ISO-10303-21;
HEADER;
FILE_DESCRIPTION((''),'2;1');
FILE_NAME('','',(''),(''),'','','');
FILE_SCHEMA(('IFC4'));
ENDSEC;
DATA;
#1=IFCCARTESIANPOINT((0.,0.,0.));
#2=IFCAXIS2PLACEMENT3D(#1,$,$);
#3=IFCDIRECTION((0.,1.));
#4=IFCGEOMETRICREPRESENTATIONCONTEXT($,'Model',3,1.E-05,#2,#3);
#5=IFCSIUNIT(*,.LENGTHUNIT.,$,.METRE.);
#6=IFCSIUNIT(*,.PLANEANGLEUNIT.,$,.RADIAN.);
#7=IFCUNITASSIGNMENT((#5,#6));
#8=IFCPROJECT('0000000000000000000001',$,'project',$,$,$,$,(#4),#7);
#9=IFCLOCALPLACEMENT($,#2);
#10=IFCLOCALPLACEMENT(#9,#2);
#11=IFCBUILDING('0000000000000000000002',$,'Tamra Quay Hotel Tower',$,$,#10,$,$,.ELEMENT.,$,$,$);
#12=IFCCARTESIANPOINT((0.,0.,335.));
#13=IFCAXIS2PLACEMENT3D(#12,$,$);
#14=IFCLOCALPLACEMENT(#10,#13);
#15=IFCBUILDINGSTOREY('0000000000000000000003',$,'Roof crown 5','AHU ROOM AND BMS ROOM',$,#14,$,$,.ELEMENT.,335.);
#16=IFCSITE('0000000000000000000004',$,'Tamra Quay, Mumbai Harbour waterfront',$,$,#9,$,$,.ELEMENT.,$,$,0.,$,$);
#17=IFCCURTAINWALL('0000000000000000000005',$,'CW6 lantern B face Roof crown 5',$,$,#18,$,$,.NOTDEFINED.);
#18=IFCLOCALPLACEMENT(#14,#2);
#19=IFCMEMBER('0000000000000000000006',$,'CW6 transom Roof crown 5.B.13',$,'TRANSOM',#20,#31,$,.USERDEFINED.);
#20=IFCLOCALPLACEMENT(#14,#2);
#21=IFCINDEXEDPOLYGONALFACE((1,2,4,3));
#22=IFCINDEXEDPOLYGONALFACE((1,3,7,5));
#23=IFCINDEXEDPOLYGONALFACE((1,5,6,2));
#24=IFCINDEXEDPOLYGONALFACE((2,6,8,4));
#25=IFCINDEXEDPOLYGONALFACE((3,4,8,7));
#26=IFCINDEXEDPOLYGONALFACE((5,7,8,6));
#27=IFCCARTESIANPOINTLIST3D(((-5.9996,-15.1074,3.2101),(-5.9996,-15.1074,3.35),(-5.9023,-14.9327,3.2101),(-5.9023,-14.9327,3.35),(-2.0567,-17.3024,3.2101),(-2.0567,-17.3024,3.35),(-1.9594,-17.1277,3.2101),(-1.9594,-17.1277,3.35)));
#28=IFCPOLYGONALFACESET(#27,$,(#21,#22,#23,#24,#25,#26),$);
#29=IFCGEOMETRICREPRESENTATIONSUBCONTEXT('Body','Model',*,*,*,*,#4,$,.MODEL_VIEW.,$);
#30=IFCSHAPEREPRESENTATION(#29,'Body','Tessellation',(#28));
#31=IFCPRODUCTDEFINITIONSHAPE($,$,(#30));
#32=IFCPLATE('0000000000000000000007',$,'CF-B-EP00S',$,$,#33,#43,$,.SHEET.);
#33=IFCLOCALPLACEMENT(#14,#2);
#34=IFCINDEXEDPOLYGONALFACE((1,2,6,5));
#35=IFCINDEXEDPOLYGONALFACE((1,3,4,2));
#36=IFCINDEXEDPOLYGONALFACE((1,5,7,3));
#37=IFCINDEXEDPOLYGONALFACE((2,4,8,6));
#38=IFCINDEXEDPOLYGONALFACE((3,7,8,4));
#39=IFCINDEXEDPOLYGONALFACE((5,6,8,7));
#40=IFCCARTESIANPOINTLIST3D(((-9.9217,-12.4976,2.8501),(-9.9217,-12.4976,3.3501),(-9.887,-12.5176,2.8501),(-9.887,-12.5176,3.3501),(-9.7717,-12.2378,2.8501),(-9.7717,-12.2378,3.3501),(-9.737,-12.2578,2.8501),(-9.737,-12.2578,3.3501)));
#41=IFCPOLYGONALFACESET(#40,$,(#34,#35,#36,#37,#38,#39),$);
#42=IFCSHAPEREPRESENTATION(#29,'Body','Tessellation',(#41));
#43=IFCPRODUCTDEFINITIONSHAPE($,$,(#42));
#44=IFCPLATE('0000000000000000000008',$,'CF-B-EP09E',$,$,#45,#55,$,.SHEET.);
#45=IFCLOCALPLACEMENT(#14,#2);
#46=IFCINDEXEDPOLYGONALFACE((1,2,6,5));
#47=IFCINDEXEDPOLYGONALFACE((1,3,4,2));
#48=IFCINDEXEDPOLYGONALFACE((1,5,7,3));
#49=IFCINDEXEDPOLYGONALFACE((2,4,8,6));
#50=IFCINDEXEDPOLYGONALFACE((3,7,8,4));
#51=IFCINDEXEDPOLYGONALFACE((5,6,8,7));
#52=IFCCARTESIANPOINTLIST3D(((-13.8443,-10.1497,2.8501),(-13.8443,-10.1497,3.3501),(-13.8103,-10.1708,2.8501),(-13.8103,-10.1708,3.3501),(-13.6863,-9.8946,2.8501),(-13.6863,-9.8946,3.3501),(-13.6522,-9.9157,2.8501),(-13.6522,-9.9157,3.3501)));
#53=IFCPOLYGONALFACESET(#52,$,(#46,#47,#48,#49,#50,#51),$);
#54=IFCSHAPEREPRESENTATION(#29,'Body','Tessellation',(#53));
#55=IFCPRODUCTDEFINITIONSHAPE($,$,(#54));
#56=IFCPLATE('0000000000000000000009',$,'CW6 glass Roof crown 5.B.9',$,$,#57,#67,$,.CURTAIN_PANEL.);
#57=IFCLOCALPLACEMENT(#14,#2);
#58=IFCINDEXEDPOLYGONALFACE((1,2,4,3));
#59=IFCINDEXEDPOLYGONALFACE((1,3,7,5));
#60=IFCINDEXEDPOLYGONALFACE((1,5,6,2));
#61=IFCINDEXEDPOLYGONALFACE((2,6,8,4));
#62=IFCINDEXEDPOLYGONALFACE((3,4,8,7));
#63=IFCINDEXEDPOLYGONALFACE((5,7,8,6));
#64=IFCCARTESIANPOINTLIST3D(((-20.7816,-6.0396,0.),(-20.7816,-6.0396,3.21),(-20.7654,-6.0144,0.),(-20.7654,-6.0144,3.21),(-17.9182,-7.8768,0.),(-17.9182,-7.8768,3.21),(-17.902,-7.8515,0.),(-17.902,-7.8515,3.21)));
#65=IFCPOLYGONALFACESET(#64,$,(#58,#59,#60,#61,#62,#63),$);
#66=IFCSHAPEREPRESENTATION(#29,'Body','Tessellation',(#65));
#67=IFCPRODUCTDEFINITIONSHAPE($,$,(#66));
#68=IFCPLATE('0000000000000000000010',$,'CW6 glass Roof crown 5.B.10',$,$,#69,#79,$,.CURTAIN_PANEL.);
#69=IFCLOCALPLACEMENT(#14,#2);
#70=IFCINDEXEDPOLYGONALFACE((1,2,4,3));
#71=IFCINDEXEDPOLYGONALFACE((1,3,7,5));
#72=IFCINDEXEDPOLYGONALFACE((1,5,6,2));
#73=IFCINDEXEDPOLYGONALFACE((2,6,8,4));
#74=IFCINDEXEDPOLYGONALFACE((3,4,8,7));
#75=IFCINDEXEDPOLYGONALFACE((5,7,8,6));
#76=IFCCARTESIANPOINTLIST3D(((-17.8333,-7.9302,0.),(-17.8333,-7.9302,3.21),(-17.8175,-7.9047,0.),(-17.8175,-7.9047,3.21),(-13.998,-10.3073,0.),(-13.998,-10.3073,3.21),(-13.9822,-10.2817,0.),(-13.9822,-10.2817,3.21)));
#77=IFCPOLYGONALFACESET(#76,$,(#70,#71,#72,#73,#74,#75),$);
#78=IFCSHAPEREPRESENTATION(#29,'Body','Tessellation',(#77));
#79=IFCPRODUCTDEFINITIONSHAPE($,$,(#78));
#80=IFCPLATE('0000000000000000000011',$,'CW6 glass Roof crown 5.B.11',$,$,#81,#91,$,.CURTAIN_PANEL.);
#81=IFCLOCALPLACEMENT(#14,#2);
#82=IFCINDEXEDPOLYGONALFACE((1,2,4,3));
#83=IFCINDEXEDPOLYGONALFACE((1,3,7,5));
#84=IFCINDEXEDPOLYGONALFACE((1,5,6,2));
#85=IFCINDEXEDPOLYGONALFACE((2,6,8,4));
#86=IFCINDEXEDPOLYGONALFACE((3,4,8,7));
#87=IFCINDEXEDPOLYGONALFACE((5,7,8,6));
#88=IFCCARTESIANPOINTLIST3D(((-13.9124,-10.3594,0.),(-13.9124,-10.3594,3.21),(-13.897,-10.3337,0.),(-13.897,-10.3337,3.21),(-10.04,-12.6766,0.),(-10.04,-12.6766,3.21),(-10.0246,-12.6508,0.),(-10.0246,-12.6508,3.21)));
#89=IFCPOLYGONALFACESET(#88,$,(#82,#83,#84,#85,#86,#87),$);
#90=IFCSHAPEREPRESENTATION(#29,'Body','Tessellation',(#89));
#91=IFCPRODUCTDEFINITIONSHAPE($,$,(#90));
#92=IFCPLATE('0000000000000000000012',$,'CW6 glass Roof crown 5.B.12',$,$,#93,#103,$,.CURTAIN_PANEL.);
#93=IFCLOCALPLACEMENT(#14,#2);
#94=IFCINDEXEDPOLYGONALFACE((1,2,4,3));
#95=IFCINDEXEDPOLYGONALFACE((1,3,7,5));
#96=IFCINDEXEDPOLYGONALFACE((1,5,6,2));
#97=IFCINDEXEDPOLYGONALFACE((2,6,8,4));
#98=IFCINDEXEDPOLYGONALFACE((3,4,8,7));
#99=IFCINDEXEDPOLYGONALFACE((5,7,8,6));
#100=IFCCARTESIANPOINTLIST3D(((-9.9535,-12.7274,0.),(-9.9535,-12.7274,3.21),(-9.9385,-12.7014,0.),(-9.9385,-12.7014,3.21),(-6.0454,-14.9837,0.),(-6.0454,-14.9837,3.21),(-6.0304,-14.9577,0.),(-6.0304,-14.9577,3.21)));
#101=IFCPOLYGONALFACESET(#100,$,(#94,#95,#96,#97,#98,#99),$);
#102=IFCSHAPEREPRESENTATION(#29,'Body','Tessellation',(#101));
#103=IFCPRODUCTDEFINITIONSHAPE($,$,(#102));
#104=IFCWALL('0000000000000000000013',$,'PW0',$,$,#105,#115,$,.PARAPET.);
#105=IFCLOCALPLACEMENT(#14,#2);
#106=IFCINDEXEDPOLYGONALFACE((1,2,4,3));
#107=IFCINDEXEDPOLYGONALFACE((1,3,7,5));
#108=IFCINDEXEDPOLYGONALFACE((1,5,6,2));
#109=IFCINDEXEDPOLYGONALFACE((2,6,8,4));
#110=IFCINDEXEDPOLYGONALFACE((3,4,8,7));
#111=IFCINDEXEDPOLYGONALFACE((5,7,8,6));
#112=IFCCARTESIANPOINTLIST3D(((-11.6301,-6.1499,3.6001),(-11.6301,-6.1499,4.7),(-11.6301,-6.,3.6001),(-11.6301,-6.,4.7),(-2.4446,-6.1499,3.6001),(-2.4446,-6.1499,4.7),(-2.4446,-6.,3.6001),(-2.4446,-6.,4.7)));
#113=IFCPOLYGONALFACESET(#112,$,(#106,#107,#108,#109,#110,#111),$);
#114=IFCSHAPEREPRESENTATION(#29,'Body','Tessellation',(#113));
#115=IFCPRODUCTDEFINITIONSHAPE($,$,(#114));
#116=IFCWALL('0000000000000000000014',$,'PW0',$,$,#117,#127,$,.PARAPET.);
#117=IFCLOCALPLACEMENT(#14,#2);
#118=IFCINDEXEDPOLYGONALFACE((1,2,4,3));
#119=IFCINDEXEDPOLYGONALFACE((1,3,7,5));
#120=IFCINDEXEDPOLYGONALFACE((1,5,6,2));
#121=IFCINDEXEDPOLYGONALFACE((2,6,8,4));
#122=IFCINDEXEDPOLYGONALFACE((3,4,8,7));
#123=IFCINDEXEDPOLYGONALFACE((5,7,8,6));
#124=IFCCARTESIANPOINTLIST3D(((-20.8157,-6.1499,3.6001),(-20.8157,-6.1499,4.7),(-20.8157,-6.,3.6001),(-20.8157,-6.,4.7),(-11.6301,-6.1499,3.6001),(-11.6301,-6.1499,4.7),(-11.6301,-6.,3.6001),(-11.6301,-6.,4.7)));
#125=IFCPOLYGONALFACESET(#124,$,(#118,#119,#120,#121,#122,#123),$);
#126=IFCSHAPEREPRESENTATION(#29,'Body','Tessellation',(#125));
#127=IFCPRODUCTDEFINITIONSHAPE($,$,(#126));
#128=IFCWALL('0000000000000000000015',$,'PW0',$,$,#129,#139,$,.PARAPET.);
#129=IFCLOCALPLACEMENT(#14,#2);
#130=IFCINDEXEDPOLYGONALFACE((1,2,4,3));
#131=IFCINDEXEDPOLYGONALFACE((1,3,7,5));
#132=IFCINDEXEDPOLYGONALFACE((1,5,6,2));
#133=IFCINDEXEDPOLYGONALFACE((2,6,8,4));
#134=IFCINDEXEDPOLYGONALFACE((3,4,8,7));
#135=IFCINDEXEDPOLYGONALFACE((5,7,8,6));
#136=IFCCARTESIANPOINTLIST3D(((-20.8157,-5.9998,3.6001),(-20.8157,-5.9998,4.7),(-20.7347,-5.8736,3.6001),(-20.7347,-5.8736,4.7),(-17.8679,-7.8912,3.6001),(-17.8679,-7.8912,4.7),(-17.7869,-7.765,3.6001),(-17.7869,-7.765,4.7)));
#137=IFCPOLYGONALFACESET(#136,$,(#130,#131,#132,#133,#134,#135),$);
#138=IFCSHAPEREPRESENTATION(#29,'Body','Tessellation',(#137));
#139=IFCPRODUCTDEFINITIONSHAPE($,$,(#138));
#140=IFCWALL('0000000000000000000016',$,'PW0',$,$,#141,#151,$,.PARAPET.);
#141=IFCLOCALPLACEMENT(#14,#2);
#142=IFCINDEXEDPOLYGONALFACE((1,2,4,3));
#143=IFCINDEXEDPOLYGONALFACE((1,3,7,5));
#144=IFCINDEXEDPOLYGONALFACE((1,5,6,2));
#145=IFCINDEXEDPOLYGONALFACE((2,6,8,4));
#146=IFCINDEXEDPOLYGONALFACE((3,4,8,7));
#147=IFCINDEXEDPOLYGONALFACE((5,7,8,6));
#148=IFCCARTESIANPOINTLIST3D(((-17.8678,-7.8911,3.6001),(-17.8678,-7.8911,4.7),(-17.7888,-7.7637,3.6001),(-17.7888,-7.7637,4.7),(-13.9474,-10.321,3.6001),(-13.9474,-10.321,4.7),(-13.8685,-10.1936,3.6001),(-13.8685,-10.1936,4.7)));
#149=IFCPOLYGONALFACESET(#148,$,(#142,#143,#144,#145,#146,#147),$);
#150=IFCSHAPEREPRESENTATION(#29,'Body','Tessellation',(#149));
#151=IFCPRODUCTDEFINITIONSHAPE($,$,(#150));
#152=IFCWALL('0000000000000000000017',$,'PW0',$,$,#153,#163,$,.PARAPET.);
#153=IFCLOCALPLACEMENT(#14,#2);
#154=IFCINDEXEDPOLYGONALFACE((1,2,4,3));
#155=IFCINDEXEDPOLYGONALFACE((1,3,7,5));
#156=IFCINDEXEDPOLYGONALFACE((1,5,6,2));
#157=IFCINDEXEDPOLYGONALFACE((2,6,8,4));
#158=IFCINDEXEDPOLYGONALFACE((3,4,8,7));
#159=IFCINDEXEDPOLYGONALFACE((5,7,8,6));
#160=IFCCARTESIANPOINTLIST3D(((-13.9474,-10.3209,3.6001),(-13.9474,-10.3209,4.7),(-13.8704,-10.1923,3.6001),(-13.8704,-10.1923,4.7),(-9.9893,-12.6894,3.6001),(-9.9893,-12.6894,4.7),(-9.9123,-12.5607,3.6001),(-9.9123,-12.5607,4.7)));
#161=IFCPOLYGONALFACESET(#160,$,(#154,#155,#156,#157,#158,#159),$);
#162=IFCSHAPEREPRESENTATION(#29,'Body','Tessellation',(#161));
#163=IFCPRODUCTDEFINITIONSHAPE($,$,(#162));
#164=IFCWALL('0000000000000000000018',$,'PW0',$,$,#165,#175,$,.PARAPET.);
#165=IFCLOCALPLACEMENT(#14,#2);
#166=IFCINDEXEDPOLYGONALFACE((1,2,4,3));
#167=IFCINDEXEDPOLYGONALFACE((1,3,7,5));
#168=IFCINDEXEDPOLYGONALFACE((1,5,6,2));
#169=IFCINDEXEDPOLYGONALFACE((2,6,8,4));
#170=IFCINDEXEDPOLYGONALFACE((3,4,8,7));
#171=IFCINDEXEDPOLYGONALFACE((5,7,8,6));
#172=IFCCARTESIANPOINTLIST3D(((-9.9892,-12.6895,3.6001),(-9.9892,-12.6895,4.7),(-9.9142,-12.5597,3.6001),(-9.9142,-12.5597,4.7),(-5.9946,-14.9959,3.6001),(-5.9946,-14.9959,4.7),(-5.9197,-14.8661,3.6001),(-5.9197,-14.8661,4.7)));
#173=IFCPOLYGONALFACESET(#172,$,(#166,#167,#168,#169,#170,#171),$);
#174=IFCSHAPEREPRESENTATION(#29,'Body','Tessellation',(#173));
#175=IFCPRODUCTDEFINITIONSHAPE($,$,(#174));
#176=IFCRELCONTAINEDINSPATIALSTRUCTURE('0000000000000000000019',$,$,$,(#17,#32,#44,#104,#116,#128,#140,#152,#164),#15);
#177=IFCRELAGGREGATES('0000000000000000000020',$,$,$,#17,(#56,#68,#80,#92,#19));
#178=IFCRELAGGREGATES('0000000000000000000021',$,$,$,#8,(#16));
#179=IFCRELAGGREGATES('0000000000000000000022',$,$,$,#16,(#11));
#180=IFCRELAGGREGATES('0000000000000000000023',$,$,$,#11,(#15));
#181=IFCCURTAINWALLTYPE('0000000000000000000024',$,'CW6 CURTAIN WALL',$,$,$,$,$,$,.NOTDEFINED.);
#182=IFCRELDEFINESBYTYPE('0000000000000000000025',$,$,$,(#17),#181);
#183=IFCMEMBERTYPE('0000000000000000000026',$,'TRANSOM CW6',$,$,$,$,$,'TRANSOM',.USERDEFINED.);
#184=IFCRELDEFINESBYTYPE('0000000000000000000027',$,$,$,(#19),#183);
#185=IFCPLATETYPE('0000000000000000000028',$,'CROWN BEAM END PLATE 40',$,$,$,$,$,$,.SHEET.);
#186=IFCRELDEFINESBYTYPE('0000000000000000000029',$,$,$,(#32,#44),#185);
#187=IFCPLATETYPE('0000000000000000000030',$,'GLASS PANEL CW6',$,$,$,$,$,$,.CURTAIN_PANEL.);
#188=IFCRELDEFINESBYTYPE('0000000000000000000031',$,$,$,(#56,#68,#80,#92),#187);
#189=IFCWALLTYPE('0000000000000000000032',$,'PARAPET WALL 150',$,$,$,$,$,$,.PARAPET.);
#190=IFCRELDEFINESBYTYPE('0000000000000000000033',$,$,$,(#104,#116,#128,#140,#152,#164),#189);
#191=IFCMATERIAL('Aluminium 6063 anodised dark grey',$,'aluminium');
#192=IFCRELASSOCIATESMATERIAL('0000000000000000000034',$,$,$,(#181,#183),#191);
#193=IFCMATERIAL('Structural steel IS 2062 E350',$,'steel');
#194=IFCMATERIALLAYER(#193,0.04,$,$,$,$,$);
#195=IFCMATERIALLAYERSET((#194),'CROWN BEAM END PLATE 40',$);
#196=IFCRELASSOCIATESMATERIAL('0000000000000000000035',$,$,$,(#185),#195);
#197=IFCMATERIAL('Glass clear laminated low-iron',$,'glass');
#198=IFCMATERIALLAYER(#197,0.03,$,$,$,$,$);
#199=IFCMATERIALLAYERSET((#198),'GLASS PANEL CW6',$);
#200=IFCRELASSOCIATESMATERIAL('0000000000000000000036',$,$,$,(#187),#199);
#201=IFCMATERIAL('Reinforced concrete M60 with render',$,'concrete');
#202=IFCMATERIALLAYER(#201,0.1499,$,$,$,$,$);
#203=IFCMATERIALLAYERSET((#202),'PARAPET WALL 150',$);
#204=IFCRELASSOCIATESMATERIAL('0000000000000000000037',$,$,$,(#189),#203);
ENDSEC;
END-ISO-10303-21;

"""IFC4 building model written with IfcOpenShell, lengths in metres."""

from ifc_helpers import new_model, si_unit, direction, frame, frame_2d, origin, origin_2d, place, context, subcontext, project, spatial, rectangle, extrude, material, layer, layer_set, material_profile, profile_set, type_object, element, aggregate, save


model = new_model("IFC4")

# Units and contexts
model_context = context("Model", 3, precision=1e-05, world=origin(), true_north=direction((0.0, 1.0)))
body_context = subcontext(model_context, "Body", "Model", "MODEL_VIEW")
ifc_project = project(units=[si_unit("LENGTHUNIT", "METRE"), si_unit("PLANEANGLEUNIT", "RADIAN")], contexts=[model_context])

# Site, building, storey
site_placement = place(None, origin())
site = spatial("IfcSite", under=ifc_project, at=site_placement, Name="Tamra Quay, Mumbai Harbour waterfront", CompositionType="ELEMENT", RefElevation=0.0)
building_placement = place(site_placement, origin())
building = spatial("IfcBuilding", under=site, at=building_placement, Name="Tamra Quay Hotel Tower", CompositionType="ELEMENT")
storey_placement = place(building_placement, frame((0.0, 0.0, 335.0)))
storey = spatial("IfcBuildingStorey", under=building, at=storey_placement, Name="Roof crown 5", Description="AHU ROOM AND BMS ROOM", CompositionType="ELEMENT", Elevation=335.0)

# Shared definitions
ifc_material_1 = material(Name="Structural steel IS 2062 E350", Category="steel")

# Curtain wall, member
ifc_material_2 = material(Name="Aluminium 6063 anodised dark grey", Category="aluminium")
curtain_wall_type = type_object("IfcCurtainWallType", Name="CW6 CURTAIN WALL", PredefinedType="NOTDEFINED", material=ifc_material_2)
curtain_wall_placement = place(storey_placement, origin())
curtain_wall = element("IfcCurtainWall", 1, at=curtain_wall_placement, inside=storey, type_object=curtain_wall_type, Name="CW6 lantern B face Roof crown 5", PredefinedType="NOTDEFINED")
ifc_material_profile_1 = material_profile(ifc_material_2, rectangle(XDim=0.2, YDim=0.1399, at=origin_2d()), Name="TRANSOM 200X140")
ifc_profile_set_1 = profile_set([ifc_material_profile_1], Name="Aluminium 6063 anodised dark grey")
member_type_1 = type_object("IfcMemberType", Name="TRANSOM CW6", ElementType="TRANSOM", PredefinedType="USERDEFINED", material=ifc_profile_set_1)
member_1_placement = place(storey_placement, frame((-5.9509, -15.02, 3.28), z_axis=(0.873726, -0.486419, 0.0), x_axis=(0.486419, 0.873726, 0.0)))
member_1 = element("IfcMember", 2, at=member_1_placement, type_object=member_type_1, Name="CW6 transom Roof crown 5.B.13", ObjectType="TRANSOM", PredefinedType="USERDEFINED", context=body_context, shape_type="SweptSolid", body=[
    extrude(rectangle(XDim=0.2, YDim=0.1399, at=origin_2d()), origin(), (0.0, 0.0, 1.0), 4.5127),
])

# Plates
ifc_layer_1 = layer(ifc_material_1, 0.04)
ifc_layer_set_1 = layer_set([ifc_layer_1], Name="CROWN BEAM END PLATE 40")
plate_type_1 = type_object("IfcPlateType", Name="CROWN BEAM END PLATE 40", PredefinedType="SHEET", material=ifc_layer_set_1)
for number, where, z_axis, x_axis, name in (
    (3, (-9.8293, -12.3777, 2.8501), (0.0, 0.0, 1.0), (0.866026, -0.499998, 0.0), "CF-B-EP00S"),
    (4, (-13.7483, -10.0327, 2.8501), (0.0, 0.0, 1.0), (0.849985, -0.526807, 0.0), "CF-B-EP09E"),
):
    element("IfcPlate", number, at=place(storey_placement, frame(where, z_axis=z_axis, x_axis=x_axis)), inside=storey, type_object=plate_type_1, Name=name, PredefinedType="SHEET", context=body_context, shape_type="SweptSolid", body=[
        extrude(rectangle(XDim=0.04, YDim=0.3, at=origin_2d()), origin(), (0.0, 0.0, 1.0), 0.5),
    ])

# Plates
ifc_material_3 = material(Name="Glass clear laminated low-iron", Category="glass")
ifc_layer_2 = layer(ifc_material_3, 0.03)
ifc_layer_set_2 = layer_set([ifc_layer_2], Name="GLASS PANEL CW6")
plate_type_2 = type_object("IfcPlateType", Name="GLASS PANEL CW6", PredefinedType="CURTAIN_PANEL", material=ifc_layer_set_2)
plate_1_placement = place(storey_placement, frame((-19.3418, -6.9456, 0.0), z_axis=(0.0, 0.0, 1.0), x_axis=(0.841665, -0.54, 0.0)))
plate_1 = element("IfcPlate", 5, at=plate_1_placement, type_object=plate_type_2, Name="CW6 glass Roof crown 5.B.9", PredefinedType="CURTAIN_PANEL", context=body_context, shape_type="SweptSolid", body=[
    extrude(rectangle(XDim=3.4021, YDim=0.03, at=origin_2d()), origin(), (0.0, 0.0, 1.0), 3.21),
])
plate_2_placement = place(storey_placement, frame((-15.9077, -9.106, 0.0), z_axis=(0.0, 0.0, 1.0), x_axis=(0.849982, -0.526812, 0.0)))
plate_2 = element("IfcPlate", 6, at=plate_2_placement, type_object=plate_type_2, Name="CW6 glass Roof crown 5.B.10", PredefinedType="CURTAIN_PANEL", context=body_context, shape_type="SweptSolid", body=[
    extrude(rectangle(XDim=4.5122, YDim=0.03, at=origin_2d()), origin(), (0.0, 0.0, 1.0), 3.21),
])
plate_3_placement = place(storey_placement, frame((-11.9685, -11.5051, 0.0), z_axis=(0.0, 0.0, 1.0), x_axis=(0.858104, -0.513477, 0.0)))
plate_3 = element("IfcPlate", 7, at=plate_3_placement, type_object=plate_type_2, Name="CW6 glass Roof crown 5.B.11", PredefinedType="CURTAIN_PANEL", context=body_context, shape_type="SweptSolid", body=[
    extrude(rectangle(XDim=4.5127, YDim=0.03, at=origin_2d()), origin(), (0.0, 0.0, 1.0), 3.21),
])
plate_4_placement = place(storey_placement, frame((-7.9919, -13.8425, 0.0), z_axis=(0.0, 0.0, 1.0), x_axis=(0.866025, -0.5, 0.0)))
plate_4 = element("IfcPlate", 8, at=plate_4_placement, type_object=plate_type_2, Name="CW6 glass Roof crown 5.B.12", PredefinedType="CURTAIN_PANEL", context=body_context, shape_type="SweptSolid", body=[
    extrude(rectangle(XDim=4.5127, YDim=0.03, at=origin_2d()), origin(), (0.0, 0.0, 1.0), 3.21),
])
aggregate(curtain_wall, [plate_1, plate_2, plate_3, plate_4, member_1])

# Walls
ifc_material_4 = material(Name="Reinforced concrete M60 with render", Category="concrete")
ifc_layer_3 = layer(ifc_material_4, 0.1499)
ifc_layer_set_3 = layer_set([ifc_layer_3], Name="PARAPET WALL 150")
wall_type = type_object("IfcWallType", Name="PARAPET WALL 150", PredefinedType="PARAPET", material=ifc_layer_set_3)
for number, where, z_axis, x_axis, name in (
    (9, (-11.6301, -6.075, 3.6001), (0.0, 0.0, 1.0), (1.0, 0.0, 0.0), "PW0"),
    (10, (-20.8157, -6.075, 3.6001), (0.0, 0.0, 1.0), (1.0, 0.0, 0.0), "PW0"),
):
    element("IfcWall", number, at=place(storey_placement, frame(where, z_axis=z_axis, x_axis=x_axis)), inside=storey, type_object=wall_type, Name=name, PredefinedType="PARAPET", context=body_context, shape_type="SweptSolid", body=[
        extrude(rectangle(XDim=9.1855, YDim=0.1499, at=frame_2d((4.5928, 0.0))), origin(), (0.0, 0.0, 1.0), 1.0999),
    ])
wall_1_placement = place(storey_placement, frame((-17.8274, -7.8281, 3.6001), z_axis=(0.0, 0.0, 1.0), x_axis=(-0.841649, 0.540025, 0.0)))
element("IfcWall", 11, at=wall_1_placement, inside=storey, type_object=wall_type, Name="PW0", PredefinedType="PARAPET", context=body_context, shape_type="SweptSolid", body=[
    extrude(rectangle(XDim=3.5024, YDim=0.1499, at=frame_2d((1.7512, 0.0))), origin(), (0.0, 0.0, 1.0), 1.0999),
])
wall_2_placement = place(storey_placement, frame((-13.908, -10.2573, 3.6001), z_axis=(0.0, 0.0, 1.0), x_axis=(-0.849973, 0.526826, 0.0)))
element("IfcWall", 12, at=wall_2_placement, inside=storey, type_object=wall_type, Name="PW0", PredefinedType="PARAPET", context=body_context, shape_type="SweptSolid", body=[
    extrude(rectangle(XDim=4.6123, YDim=0.1499, at=frame_2d((2.3062, 0.0))), origin(), (0.0, 0.0, 1.0), 1.0999),
])
for number, where, z_axis, x_axis, name in (
    (13, (-9.9509, -12.625, 3.6001), (0.0, 0.0, 1.0), (-0.858104, 0.513476, 0.0), "PW0"),
    (14, (-5.9573, -14.9309, 3.6001), (0.0, 0.0, 1.0), (-0.866016, 0.500016, 0.0), "PW0"),
):
    element("IfcWall", number, at=place(storey_placement, frame(where, z_axis=z_axis, x_axis=x_axis)), inside=storey, type_object=wall_type, Name=name, PredefinedType="PARAPET", context=body_context, shape_type="SweptSolid", body=[
        extrude(rectangle(XDim=4.6125, YDim=0.1499, at=frame_2d((2.3062, 0.0))), origin(), (0.0, 0.0, 1.0), 1.0999),
    ])

save(model, "model.ifc")
